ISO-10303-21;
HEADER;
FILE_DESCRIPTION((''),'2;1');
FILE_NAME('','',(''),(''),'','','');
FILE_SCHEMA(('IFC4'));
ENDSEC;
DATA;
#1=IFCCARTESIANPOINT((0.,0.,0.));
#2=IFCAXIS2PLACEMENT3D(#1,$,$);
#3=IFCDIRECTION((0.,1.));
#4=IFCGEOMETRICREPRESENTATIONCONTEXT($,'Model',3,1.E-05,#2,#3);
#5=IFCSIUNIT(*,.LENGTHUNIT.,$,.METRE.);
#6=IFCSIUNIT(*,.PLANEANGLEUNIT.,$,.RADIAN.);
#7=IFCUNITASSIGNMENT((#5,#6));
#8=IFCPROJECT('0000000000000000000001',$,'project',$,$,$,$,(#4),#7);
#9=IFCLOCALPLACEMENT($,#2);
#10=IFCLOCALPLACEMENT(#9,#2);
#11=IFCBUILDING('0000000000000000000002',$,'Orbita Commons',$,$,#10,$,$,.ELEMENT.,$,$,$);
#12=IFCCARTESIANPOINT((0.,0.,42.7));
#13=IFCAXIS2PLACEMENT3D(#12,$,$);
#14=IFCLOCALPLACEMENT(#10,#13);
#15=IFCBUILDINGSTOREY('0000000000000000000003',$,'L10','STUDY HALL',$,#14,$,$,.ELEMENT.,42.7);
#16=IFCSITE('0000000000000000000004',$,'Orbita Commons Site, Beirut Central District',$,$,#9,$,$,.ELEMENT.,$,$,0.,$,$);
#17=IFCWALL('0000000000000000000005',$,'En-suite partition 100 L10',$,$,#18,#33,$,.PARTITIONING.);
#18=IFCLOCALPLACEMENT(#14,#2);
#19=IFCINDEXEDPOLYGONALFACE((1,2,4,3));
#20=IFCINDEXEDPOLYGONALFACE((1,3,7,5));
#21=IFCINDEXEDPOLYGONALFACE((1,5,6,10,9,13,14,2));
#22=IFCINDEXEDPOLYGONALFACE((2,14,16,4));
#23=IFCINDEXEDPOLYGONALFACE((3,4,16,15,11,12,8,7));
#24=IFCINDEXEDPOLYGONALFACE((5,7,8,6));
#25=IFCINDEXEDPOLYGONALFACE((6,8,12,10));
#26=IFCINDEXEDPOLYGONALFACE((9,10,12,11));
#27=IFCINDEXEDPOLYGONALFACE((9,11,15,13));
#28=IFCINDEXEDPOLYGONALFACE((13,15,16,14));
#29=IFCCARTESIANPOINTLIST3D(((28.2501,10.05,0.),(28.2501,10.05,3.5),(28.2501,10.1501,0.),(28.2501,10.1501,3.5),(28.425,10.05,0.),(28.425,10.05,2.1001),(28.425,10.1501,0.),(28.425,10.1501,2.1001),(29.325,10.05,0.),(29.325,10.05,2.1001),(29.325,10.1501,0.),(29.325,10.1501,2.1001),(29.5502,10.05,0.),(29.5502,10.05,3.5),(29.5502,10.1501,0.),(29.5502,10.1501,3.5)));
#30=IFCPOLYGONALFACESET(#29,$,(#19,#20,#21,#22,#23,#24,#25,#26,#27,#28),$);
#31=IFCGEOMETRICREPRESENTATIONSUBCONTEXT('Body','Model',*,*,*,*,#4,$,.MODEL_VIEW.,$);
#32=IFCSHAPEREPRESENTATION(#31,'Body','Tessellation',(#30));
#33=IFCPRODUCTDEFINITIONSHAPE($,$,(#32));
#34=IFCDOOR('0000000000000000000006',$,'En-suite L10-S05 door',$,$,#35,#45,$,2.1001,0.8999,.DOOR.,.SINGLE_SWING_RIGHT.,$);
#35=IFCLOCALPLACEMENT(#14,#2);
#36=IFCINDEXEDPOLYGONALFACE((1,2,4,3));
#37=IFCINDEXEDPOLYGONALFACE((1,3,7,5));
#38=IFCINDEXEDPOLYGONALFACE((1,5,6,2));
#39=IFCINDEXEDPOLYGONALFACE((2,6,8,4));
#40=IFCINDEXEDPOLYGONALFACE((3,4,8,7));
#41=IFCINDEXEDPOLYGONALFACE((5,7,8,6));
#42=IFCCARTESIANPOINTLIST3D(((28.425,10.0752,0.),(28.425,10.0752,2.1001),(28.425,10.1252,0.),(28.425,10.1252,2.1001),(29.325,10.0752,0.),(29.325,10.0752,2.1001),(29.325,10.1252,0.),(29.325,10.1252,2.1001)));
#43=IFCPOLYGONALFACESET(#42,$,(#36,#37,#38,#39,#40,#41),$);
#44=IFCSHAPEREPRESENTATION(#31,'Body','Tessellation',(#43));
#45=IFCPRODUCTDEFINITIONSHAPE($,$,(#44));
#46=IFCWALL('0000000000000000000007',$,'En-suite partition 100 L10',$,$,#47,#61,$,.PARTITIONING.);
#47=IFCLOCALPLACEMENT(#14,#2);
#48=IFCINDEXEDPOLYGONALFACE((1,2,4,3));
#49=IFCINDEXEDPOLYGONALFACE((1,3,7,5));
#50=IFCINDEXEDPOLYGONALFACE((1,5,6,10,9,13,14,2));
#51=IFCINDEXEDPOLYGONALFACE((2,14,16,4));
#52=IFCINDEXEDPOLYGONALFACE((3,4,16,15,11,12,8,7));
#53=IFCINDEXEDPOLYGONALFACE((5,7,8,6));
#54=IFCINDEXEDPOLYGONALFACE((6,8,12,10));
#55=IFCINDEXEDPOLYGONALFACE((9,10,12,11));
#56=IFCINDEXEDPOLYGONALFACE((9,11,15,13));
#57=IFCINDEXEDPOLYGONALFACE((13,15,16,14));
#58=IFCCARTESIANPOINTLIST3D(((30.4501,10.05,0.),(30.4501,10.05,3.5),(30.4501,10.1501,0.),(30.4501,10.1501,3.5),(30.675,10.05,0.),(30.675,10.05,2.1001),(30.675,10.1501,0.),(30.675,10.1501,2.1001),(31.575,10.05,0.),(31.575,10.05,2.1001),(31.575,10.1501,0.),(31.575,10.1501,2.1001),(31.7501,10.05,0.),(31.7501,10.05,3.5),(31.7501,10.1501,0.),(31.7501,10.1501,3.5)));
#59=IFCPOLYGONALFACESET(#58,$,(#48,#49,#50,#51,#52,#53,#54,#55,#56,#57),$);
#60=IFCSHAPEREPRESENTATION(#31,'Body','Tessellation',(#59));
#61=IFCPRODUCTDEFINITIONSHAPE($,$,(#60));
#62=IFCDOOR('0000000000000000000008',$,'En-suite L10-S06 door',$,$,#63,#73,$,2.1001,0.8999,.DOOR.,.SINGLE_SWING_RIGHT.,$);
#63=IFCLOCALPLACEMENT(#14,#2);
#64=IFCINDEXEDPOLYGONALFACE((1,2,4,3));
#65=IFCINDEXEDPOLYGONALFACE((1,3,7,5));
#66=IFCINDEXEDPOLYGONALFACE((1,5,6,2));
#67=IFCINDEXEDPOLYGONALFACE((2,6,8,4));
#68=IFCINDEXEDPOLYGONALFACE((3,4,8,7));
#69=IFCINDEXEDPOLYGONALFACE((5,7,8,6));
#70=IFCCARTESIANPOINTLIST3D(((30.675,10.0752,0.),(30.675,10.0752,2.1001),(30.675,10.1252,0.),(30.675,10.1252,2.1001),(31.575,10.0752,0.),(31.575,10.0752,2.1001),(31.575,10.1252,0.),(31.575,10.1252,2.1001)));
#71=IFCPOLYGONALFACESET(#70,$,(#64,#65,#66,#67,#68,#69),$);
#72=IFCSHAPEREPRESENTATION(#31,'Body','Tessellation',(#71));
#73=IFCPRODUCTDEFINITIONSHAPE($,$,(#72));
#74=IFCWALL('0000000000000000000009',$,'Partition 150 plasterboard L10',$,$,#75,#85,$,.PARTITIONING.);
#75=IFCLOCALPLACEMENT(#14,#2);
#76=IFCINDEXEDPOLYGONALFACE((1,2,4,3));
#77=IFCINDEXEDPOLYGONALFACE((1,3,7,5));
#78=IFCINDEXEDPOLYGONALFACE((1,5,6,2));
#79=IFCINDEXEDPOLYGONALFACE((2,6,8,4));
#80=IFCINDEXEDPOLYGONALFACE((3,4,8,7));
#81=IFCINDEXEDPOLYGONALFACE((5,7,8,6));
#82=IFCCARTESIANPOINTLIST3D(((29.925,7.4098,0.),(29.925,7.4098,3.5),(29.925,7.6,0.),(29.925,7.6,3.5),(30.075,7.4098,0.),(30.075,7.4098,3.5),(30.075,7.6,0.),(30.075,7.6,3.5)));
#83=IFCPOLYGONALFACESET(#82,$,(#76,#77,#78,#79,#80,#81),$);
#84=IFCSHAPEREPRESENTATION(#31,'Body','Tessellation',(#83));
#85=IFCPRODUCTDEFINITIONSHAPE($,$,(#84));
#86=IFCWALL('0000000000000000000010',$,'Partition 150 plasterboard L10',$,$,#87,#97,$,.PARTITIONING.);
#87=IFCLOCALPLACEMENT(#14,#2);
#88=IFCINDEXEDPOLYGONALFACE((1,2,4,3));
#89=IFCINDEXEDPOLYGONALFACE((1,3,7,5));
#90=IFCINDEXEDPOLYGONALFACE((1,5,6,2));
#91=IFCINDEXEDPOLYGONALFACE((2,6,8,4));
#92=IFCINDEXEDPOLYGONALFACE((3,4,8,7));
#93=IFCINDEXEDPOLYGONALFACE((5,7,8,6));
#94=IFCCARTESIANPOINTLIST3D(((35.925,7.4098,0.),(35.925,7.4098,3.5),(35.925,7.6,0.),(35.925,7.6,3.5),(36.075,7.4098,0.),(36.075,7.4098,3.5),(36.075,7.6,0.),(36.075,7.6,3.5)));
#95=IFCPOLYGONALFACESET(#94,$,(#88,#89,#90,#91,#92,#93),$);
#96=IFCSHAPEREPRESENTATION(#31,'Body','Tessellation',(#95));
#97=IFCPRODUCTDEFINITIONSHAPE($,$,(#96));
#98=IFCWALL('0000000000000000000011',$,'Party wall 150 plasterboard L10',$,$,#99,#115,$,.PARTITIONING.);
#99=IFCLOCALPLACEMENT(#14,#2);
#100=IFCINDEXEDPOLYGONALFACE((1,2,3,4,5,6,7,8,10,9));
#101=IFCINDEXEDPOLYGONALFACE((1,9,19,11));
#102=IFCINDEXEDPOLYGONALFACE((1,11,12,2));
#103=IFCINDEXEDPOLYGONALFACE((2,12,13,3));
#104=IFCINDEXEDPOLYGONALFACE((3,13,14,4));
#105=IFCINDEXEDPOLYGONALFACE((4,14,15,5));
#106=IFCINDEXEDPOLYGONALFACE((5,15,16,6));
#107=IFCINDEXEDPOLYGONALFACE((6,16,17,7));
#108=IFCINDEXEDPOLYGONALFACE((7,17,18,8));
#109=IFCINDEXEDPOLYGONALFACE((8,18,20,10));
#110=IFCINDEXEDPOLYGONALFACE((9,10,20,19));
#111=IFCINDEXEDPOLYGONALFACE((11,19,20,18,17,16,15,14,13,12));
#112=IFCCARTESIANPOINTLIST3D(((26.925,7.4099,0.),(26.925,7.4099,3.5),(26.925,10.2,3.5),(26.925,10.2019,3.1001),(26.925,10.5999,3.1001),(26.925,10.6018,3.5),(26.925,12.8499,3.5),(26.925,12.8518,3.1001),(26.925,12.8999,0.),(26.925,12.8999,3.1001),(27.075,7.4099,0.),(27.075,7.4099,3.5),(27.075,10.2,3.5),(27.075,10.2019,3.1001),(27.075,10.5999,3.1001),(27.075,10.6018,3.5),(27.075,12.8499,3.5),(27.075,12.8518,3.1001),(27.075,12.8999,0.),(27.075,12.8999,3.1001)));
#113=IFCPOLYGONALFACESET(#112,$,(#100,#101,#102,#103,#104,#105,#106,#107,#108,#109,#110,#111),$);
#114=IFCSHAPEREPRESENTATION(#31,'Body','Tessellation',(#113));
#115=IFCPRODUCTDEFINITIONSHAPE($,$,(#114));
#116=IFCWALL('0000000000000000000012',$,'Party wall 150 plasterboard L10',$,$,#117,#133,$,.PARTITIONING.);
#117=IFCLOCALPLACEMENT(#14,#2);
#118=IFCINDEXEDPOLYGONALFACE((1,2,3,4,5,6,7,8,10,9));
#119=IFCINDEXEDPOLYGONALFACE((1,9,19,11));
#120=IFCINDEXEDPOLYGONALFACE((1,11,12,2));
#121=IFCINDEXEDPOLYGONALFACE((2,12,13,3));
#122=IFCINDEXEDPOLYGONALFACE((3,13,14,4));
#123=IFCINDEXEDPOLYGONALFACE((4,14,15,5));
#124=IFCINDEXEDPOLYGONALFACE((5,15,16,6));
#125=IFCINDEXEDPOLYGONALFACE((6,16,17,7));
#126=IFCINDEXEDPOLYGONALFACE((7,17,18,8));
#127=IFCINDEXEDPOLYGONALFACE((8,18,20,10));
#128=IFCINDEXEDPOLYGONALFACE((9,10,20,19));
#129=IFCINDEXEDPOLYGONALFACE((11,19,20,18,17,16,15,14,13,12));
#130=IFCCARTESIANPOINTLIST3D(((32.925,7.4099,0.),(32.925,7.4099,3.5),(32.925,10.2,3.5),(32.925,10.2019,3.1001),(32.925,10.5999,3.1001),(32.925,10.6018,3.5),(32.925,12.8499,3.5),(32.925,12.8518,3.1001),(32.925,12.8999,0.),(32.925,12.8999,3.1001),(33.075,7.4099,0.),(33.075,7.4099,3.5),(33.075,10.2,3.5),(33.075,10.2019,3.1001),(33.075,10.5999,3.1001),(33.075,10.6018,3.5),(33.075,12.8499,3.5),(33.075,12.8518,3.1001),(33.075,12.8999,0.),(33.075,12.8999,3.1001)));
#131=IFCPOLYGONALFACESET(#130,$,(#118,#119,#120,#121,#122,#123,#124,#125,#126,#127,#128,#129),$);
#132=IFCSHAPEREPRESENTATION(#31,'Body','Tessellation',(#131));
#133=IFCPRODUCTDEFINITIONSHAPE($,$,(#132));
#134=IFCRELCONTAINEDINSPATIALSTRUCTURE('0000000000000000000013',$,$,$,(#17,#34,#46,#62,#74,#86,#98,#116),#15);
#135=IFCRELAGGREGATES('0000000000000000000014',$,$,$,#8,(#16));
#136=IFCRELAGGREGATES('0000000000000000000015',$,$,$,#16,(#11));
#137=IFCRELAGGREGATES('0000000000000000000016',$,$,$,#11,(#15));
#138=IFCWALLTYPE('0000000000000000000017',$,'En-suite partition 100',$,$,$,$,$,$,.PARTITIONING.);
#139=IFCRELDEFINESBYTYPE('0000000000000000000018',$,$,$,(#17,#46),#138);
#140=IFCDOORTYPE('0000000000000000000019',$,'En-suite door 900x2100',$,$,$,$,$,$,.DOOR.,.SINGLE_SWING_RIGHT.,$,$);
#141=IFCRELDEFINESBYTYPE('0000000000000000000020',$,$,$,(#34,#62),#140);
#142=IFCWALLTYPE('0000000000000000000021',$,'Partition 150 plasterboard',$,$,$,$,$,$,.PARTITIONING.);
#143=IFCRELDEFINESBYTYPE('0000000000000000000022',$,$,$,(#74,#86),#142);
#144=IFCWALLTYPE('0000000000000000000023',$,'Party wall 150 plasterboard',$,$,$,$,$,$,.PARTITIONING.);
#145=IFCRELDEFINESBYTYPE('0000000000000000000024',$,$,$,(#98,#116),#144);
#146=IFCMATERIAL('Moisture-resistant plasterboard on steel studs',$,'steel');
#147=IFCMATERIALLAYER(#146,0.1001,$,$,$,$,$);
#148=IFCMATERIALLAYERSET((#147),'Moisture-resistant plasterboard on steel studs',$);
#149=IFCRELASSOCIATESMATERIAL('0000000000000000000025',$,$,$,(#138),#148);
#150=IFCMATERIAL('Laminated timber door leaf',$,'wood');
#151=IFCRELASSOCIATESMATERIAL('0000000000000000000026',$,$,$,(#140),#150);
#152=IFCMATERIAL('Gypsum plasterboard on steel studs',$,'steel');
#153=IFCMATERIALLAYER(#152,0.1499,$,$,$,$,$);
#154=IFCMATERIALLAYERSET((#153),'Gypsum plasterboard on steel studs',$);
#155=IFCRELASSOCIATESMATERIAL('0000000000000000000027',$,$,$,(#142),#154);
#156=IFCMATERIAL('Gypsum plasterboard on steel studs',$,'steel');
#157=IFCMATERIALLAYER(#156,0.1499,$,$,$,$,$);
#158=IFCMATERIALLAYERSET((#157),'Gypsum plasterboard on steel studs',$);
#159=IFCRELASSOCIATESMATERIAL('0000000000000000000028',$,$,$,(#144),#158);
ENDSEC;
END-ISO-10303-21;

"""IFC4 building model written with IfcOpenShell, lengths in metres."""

from ifc_helpers import new_model, si_unit, direction, frame, frame_2d, origin, place, context, subcontext, project, spatial, polyline, rectangle, outline, extrude, material, layer, layer_set, type_object, element, fill, save


model = new_model("IFC4")

# Units and contexts
model_context = context("Model", 3, precision=1e-05, world=origin(), true_north=direction((0.0, 1.0)))
body_context = subcontext(model_context, "Body", "Model", "MODEL_VIEW")
ifc_project = project(units=[si_unit("LENGTHUNIT", "METRE"), si_unit("PLANEANGLEUNIT", "RADIAN")], contexts=[model_context])

# Site, building, storey
site_placement = place(None, origin())
site = spatial("IfcSite", under=ifc_project, at=site_placement, Name="Orbita Commons Site, Beirut Central District", CompositionType="ELEMENT", RefElevation=0.0)
building_placement = place(site_placement, origin())
building = spatial("IfcBuilding", under=site, at=building_placement, Name="Orbita Commons", CompositionType="ELEMENT")
storey_placement = place(building_placement, frame((0.0, 0.0, 42.7)))
storey = spatial("IfcBuildingStorey", under=building, at=storey_placement, Name="L10", Description="STUDY HALL", CompositionType="ELEMENT", Elevation=42.7)

# Walls, openings, doors
ifc_material_1 = material(Name="Moisture-resistant plasterboard on steel studs", Category="steel")
ifc_layer_1 = layer(ifc_material_1, 0.1001)
ifc_layer_set_1 = layer_set([ifc_layer_1], Name="Moisture-resistant plasterboard on steel studs")
wall_type_1 = type_object("IfcWallType", Name="En-suite partition 100", PredefinedType="PARTITIONING", material=ifc_layer_set_1)
ifc_material_2 = material(Name="Laminated timber door leaf", Category="wood")
door_type = type_object("IfcDoorType", Name="En-suite door 900x2100", OperationType="SINGLE_SWING_RIGHT", PredefinedType="DOOR", material=ifc_material_2)
wall_1_placement = place(storey_placement, frame((29.55, 10.1001, 0.0), z_axis=(0.0, 0.0, 1.0), x_axis=(-1.0, 0.0, 0.0)))
wall_1 = element("IfcWall", 1, at=wall_1_placement, inside=storey, type_object=wall_type_1, Name="En-suite partition 100 L10", PredefinedType="PARTITIONING", context=body_context, shape_type="SweptSolid", body=[
    extrude(rectangle(XDim=1.3, YDim=0.1001, at=frame_2d((0.6499, 0.0))), origin(), (0.0, 0.0, 1.0), 3.5),
])
opening_1_placement = place(wall_1_placement, frame((0.2251, 0.0, 0.0)))
opening_1 = element("IfcOpeningElement", 2, at=opening_1_placement, cuts=wall_1, PredefinedType="OPENING", context=body_context, shape_type="SweptSolid", body=[
    extrude(rectangle(XDim=0.8999, YDim=2.1001, at=frame_2d((0.45, 1.05))), frame((0.0, 0.0601, 0.0), z_axis=(0.0, -1.0, 0.0), x_axis=(1.0, 0.0, 0.0)), (0.0, 0.0, 1.0), 0.1201),
])
door_1_placement = place(opening_1_placement, origin())
door_1 = element("IfcDoor", 3, at=door_1_placement, inside=storey, type_object=door_type, Name="En-suite L10-S05 door", OperationType="SINGLE_SWING_RIGHT", OverallHeight=2.1001, OverallWidth=0.8999, PredefinedType="DOOR", context=body_context, shape_type="SweptSolid", body=[
    extrude(rectangle(XDim=0.8999, YDim=2.1001, at=frame_2d((0.45, 1.05))), frame((0.0, 0.0249, 0.0), z_axis=(0.0, -1.0, 0.0), x_axis=(1.0, 0.0, 0.0)), (0.0, 0.0, 1.0), 0.05),
])
fill(opening_1, door_1)
wall_2_placement = place(storey_placement, frame((31.75, 10.1001, 0.0), z_axis=(0.0, 0.0, 1.0), x_axis=(-1.0, 0.0, 0.0)))
wall_2 = element("IfcWall", 4, at=wall_2_placement, inside=storey, type_object=wall_type_1, Name="En-suite partition 100 L10", PredefinedType="PARTITIONING", context=body_context, shape_type="SweptSolid", body=[
    extrude(rectangle(XDim=1.3, YDim=0.1001, at=frame_2d((0.6499, 0.0))), origin(), (0.0, 0.0, 1.0), 3.5),
])
opening_2_placement = place(wall_2_placement, frame((0.175, 0.0, 0.0)))
opening_2 = element("IfcOpeningElement", 5, at=opening_2_placement, cuts=wall_2, PredefinedType="OPENING", context=body_context, shape_type="SweptSolid", body=[
    extrude(rectangle(XDim=0.8999, YDim=2.1001, at=frame_2d((0.45, 1.05))), frame((0.0, 0.0601, 0.0), z_axis=(0.0, -1.0, 0.0), x_axis=(1.0, 0.0, 0.0)), (0.0, 0.0, 1.0), 0.1201),
])
door_2_placement = place(opening_2_placement, origin())
door_2 = element("IfcDoor", 6, at=door_2_placement, inside=storey, type_object=door_type, Name="En-suite L10-S06 door", OperationType="SINGLE_SWING_RIGHT", OverallHeight=2.1001, OverallWidth=0.8999, PredefinedType="DOOR", context=body_context, shape_type="SweptSolid", body=[
    extrude(rectangle(XDim=0.8999, YDim=2.1001, at=frame_2d((0.45, 1.05))), frame((0.0, 0.0249, 0.0), z_axis=(0.0, -1.0, 0.0), x_axis=(1.0, 0.0, 0.0)), (0.0, 0.0, 1.0), 0.05),
])
fill(opening_2, door_2)

# Walls
ifc_material_3 = material(Name="Gypsum plasterboard on steel studs", Category="steel")
ifc_layer_2 = layer(ifc_material_3, 0.1499)
ifc_layer_set_2 = layer_set([ifc_layer_2], Name="Gypsum plasterboard on steel studs")
wall_type_2 = type_object("IfcWallType", Name="Partition 150 plasterboard", PredefinedType="PARTITIONING", material=ifc_layer_set_2)
for number, where, z_axis, x_axis, name in (
    (7, (30.0, 7.6001, 0.0), (0.0, 0.0, 1.0), (0.0, -1.0, 0.0), "Partition 150 plasterboard L10"),
    (8, (36.0, 7.6001, 0.0), (0.0, 0.0, 1.0), (0.0, -1.0, 0.0), "Partition 150 plasterboard L10"),
):
    element("IfcWall", number, at=place(storey_placement, frame(where, z_axis=z_axis, x_axis=x_axis)), inside=storey, type_object=wall_type_2, Name=name, PredefinedType="PARTITIONING", context=body_context, shape_type="SweptSolid", body=[
        extrude(rectangle(XDim=0.1902, YDim=0.1499, at=frame_2d((0.0952, 0.0))), origin(), (0.0, 0.0, 1.0), 3.5),
    ])
ifc_material_4 = material(Name="Gypsum plasterboard on steel studs", Category="steel")
ifc_layer_3 = layer(ifc_material_4, 0.1499)
ifc_layer_set_3 = layer_set([ifc_layer_3], Name="Gypsum plasterboard on steel studs")
wall_type_3 = type_object("IfcWallType", Name="Party wall 150 plasterboard", PredefinedType="PARTITIONING", material=ifc_layer_set_3)
for number, where, z_axis, x_axis, name in (
    (9, (27.0, 7.4099, 0.0), (0.0, 0.0, 1.0), (0.0, 1.0, 0.0), "Party wall 150 plasterboard L10"),
    (10, (33.0, 7.4099, 0.0), (0.0, 0.0, 1.0), (0.0, 1.0, 0.0), "Party wall 150 plasterboard L10"),
):
    element("IfcWall", number, at=place(storey_placement, frame(where, z_axis=z_axis, x_axis=x_axis)), inside=storey, type_object=wall_type_3, Name=name, PredefinedType="PARTITIONING", context=body_context, shape_type="SweptSolid", body=[
        extrude(outline(polyline([(0.0, 0.0), (5.49, 0.0), (5.49, 3.1001), (5.4419, 3.1001), (5.4399, 3.5), (3.1919, 3.5), (3.1899, 3.1001), (2.792, 3.1001), (2.79, 3.5), (0.0, 3.5), (0.0, 0.0)])), frame((0.0, 0.075, 0.0), z_axis=(0.0, -1.0, 0.0), x_axis=(1.0, 0.0, 0.0)), (0.0, 0.0, 1.0), 0.1499),
    ])

save(model, "model.ifc")
